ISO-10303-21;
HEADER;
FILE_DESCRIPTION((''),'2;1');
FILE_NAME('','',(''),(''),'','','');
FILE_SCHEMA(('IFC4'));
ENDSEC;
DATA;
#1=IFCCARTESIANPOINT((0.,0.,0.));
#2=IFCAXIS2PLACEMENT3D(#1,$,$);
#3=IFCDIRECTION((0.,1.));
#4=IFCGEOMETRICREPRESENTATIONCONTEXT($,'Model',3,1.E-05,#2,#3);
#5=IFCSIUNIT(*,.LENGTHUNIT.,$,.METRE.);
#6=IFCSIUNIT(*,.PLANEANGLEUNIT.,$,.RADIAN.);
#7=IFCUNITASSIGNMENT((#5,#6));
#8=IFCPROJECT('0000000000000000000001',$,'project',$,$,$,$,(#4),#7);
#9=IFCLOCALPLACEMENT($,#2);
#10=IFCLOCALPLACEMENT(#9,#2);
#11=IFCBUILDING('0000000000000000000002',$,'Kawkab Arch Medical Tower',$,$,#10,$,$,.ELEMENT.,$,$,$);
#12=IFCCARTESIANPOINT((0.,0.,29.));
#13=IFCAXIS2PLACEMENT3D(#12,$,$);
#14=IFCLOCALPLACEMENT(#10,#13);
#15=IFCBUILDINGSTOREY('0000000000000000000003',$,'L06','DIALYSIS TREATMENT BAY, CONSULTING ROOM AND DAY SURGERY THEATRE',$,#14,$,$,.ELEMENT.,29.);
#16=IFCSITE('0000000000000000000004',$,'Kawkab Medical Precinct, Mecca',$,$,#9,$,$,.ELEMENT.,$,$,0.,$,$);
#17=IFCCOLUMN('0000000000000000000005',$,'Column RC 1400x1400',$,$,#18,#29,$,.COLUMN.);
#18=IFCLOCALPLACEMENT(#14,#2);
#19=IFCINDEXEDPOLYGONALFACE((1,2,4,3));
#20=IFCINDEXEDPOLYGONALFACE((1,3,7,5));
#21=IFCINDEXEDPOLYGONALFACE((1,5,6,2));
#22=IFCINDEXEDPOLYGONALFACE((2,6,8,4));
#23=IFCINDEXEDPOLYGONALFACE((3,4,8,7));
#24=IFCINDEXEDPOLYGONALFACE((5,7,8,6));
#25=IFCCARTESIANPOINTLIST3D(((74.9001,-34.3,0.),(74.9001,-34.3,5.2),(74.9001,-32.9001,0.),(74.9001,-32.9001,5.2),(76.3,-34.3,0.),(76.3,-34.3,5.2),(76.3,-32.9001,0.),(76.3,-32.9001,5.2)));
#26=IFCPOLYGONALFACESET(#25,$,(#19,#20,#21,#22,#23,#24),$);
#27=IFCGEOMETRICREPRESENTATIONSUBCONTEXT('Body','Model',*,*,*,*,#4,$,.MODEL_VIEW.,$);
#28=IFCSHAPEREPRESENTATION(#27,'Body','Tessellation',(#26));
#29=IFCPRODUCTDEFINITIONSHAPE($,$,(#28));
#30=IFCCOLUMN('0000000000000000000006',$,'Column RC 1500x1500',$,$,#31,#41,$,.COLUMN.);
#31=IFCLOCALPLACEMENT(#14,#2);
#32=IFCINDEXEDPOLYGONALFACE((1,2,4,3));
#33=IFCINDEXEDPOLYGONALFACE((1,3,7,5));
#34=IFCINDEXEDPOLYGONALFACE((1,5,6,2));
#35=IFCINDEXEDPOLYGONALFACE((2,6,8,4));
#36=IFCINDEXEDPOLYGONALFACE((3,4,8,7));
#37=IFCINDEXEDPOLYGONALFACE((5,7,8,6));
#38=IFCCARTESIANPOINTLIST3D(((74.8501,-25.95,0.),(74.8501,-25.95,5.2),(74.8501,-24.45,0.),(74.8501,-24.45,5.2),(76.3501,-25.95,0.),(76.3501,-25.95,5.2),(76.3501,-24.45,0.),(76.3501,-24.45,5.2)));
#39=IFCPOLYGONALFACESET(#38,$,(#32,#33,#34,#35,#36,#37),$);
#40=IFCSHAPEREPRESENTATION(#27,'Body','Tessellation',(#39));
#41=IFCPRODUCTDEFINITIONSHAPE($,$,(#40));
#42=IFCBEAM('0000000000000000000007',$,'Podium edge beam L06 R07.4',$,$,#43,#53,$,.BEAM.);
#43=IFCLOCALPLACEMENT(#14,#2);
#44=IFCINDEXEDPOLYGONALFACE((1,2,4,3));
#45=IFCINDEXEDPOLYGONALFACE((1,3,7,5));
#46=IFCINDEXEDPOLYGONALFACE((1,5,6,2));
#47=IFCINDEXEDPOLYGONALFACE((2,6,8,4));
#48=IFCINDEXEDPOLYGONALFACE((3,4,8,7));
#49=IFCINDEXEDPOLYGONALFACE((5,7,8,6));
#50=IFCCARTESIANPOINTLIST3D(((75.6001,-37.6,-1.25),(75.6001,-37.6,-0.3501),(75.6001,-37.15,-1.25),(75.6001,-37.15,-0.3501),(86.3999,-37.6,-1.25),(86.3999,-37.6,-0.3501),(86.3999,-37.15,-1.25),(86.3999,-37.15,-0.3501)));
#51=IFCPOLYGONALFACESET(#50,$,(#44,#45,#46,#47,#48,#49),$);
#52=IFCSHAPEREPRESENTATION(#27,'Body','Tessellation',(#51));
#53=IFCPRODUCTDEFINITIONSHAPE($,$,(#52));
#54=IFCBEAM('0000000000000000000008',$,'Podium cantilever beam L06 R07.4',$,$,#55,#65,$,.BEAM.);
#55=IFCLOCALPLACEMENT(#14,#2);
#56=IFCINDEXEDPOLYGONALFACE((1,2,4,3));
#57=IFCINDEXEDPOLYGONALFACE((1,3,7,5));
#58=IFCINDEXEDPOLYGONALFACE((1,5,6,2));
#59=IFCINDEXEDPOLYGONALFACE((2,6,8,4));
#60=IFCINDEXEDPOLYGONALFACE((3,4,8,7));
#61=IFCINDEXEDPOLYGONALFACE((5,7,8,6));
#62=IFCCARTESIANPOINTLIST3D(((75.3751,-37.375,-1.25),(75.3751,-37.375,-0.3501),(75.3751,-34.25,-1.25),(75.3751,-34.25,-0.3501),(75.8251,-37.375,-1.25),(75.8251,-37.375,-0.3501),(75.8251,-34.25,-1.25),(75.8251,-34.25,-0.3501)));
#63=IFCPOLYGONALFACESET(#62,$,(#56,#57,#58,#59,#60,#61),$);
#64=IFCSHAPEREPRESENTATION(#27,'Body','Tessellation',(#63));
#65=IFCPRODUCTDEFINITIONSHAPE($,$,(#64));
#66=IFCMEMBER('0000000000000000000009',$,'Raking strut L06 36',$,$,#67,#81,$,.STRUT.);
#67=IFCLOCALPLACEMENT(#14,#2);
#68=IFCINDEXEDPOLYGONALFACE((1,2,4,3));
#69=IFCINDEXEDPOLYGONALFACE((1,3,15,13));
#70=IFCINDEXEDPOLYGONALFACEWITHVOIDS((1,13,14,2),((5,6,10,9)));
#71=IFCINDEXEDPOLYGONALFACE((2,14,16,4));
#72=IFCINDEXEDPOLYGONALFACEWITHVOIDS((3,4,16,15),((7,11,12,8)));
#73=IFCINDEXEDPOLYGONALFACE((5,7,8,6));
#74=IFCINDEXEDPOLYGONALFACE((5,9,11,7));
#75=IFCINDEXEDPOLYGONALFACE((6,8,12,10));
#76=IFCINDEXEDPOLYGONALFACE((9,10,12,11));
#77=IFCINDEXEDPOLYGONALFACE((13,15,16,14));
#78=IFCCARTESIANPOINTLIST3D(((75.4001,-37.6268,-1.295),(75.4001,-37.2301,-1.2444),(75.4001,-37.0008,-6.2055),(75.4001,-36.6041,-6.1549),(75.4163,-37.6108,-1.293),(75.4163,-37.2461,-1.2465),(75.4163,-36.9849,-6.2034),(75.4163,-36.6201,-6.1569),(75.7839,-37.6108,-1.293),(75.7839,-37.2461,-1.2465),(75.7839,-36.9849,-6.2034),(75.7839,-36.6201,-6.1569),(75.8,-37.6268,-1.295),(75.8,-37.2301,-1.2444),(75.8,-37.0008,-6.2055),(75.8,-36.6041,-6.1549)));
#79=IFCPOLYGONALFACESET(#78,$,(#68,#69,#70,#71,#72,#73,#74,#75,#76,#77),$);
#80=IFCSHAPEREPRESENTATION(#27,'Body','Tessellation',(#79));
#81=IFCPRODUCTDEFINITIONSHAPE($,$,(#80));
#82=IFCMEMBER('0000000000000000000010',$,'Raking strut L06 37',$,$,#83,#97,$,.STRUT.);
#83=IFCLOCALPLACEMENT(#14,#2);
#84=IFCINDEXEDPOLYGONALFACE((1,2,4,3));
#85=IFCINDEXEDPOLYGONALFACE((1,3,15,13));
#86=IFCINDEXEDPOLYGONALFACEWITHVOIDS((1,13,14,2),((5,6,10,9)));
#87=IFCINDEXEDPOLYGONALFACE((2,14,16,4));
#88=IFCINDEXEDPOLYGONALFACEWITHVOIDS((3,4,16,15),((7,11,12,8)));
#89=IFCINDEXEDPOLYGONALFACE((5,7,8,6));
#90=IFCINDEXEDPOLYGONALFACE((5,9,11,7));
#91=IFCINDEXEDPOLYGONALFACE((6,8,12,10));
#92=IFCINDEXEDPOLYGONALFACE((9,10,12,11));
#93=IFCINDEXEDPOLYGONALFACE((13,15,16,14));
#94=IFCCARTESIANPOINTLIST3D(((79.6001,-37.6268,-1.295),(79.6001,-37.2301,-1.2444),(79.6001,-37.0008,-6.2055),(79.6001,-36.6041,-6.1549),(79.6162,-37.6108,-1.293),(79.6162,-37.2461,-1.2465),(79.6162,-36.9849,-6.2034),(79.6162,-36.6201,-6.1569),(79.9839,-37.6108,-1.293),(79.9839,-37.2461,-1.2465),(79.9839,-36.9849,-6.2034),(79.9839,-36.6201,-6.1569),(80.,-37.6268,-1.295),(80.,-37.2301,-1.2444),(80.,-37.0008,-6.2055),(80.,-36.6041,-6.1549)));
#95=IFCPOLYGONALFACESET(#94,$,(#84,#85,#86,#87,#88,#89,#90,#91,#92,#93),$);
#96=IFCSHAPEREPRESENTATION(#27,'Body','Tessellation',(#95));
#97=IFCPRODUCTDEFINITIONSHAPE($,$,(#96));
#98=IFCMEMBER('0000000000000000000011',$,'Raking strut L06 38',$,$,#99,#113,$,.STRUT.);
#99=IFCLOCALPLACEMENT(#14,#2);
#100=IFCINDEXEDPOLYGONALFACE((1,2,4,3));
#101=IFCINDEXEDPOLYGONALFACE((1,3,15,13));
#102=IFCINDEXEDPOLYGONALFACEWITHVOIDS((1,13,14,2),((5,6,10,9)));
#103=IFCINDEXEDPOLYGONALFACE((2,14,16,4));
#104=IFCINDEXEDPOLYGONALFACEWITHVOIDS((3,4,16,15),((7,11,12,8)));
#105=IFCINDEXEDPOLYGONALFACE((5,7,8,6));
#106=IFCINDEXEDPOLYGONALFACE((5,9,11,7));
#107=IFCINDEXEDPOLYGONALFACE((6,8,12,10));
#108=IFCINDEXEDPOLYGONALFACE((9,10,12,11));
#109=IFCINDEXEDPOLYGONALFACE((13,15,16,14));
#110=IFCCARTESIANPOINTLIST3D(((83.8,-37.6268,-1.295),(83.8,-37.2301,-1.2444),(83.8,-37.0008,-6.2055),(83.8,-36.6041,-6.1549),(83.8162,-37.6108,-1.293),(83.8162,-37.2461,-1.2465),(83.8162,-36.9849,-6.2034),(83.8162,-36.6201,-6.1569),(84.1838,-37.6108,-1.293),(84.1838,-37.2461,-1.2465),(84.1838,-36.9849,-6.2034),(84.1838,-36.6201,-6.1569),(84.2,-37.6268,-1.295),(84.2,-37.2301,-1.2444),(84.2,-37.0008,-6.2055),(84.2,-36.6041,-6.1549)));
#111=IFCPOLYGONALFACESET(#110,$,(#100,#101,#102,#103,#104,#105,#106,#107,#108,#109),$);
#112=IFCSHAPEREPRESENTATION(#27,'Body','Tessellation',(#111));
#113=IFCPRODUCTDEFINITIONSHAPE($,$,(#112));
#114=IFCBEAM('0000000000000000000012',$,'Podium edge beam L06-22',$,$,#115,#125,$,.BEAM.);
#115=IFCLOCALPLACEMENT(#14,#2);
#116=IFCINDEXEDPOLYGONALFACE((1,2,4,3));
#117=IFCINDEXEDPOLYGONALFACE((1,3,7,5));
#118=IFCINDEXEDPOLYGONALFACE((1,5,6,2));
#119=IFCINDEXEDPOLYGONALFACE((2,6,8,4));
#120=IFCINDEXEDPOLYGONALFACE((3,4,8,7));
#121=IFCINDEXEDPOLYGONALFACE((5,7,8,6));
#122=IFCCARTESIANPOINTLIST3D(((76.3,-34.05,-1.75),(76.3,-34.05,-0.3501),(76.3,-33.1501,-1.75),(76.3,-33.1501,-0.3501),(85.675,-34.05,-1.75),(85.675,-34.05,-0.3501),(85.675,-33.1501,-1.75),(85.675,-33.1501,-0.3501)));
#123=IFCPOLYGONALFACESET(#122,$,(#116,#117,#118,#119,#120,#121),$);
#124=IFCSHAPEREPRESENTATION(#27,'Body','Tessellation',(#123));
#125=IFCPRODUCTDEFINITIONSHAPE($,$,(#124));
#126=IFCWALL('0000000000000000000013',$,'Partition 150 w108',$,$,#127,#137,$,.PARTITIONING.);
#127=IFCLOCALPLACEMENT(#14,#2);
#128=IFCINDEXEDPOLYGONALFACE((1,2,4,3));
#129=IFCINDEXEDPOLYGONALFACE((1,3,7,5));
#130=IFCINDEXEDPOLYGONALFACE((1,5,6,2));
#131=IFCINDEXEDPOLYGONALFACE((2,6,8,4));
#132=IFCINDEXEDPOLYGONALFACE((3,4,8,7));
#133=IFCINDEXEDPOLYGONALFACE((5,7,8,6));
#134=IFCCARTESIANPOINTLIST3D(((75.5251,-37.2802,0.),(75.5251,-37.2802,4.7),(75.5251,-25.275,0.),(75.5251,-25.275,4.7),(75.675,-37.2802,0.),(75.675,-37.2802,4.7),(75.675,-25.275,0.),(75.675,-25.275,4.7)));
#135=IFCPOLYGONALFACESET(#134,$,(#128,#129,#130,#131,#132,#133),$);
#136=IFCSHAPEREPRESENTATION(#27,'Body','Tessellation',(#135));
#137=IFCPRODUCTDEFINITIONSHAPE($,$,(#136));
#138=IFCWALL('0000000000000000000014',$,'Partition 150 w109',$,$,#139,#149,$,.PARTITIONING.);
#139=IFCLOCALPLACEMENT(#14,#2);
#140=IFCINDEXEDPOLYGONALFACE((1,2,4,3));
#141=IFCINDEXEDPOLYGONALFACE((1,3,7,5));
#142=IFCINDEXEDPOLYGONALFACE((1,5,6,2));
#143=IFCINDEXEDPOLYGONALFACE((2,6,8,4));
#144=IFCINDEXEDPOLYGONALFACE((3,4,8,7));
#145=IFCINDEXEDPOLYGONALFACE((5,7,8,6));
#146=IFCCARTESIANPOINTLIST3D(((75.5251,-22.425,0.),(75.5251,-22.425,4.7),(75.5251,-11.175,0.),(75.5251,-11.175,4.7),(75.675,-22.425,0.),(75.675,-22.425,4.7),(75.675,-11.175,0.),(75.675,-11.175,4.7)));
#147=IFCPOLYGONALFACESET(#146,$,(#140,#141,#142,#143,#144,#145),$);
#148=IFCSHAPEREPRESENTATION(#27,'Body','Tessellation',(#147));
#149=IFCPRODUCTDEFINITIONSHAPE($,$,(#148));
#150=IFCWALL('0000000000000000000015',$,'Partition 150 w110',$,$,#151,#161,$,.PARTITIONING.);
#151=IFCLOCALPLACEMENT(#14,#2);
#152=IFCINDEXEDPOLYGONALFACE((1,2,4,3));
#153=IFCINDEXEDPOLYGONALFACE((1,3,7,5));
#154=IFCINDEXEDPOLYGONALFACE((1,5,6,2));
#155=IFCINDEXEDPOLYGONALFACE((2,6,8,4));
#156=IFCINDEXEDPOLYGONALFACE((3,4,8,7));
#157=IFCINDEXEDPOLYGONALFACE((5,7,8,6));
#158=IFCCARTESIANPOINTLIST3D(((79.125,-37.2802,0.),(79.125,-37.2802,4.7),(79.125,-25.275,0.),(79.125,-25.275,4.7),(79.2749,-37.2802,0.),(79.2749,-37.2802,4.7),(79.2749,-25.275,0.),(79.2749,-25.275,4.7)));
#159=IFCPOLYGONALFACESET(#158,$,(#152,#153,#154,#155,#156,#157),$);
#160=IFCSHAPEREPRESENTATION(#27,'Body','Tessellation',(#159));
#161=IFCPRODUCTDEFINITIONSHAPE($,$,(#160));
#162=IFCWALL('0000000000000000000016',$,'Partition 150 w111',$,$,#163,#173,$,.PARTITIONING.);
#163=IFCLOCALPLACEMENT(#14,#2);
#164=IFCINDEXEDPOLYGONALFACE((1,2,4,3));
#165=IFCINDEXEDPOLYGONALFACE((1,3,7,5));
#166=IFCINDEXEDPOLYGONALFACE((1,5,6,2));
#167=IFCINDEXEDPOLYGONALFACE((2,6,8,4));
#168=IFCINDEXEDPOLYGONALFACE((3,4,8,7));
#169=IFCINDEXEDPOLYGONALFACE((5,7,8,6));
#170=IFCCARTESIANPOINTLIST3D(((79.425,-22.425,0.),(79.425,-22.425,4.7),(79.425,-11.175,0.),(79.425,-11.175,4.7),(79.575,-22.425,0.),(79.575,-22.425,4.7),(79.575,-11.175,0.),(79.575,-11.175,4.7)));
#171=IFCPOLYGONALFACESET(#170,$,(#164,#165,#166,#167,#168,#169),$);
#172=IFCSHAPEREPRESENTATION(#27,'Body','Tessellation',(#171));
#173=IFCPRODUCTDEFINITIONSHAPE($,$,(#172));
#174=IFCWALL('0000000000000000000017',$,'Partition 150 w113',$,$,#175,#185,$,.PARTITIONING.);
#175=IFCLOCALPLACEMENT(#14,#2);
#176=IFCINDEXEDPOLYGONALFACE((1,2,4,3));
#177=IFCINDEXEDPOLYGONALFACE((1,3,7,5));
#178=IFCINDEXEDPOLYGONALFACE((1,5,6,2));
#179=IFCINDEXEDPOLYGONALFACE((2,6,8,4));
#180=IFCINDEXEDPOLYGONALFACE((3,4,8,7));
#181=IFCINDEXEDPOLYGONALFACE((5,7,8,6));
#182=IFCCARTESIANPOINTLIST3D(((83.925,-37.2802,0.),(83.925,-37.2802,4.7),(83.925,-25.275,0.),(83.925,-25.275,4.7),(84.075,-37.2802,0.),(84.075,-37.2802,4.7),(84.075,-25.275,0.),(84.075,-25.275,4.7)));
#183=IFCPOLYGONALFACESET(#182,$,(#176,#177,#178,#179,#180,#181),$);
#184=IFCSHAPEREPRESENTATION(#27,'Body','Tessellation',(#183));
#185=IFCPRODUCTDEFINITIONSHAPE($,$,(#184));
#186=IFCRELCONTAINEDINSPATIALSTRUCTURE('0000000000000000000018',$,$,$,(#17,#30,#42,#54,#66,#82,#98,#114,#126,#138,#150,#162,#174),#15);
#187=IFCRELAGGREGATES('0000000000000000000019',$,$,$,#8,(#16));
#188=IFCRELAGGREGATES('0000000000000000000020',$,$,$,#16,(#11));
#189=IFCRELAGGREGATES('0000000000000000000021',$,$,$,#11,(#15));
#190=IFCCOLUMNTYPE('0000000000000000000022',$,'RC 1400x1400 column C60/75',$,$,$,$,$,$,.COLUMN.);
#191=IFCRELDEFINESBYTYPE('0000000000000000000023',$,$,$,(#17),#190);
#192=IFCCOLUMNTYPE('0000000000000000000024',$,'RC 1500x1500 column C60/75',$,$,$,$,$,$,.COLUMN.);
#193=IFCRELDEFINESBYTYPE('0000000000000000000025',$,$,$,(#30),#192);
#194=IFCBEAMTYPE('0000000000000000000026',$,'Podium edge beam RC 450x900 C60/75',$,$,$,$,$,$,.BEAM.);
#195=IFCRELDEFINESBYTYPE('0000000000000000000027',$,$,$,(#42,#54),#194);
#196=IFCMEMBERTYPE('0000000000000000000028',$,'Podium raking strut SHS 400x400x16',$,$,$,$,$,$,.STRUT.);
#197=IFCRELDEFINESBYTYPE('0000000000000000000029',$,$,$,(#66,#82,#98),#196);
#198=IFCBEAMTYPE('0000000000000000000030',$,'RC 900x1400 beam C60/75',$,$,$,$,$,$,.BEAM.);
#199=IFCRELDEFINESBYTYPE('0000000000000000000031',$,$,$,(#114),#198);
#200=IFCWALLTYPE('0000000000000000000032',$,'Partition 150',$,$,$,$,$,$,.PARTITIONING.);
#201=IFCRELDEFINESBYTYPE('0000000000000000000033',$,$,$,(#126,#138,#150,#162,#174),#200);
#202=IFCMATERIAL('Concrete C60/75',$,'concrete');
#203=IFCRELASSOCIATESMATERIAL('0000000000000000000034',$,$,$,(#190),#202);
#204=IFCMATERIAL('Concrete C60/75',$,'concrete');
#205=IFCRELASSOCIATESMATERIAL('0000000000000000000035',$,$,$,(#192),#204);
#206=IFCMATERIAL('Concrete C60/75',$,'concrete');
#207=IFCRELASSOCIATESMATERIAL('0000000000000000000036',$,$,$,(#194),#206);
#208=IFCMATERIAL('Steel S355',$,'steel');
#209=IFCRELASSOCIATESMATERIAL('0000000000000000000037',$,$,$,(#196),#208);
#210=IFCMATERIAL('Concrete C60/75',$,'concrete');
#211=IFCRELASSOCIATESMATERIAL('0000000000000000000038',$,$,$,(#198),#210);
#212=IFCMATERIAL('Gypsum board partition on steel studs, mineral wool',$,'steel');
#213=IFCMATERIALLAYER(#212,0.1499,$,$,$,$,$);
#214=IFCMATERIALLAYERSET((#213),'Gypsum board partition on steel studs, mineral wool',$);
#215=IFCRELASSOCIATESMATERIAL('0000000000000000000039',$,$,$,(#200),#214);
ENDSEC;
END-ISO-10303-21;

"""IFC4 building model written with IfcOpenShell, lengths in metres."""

from ifc_helpers import new_model, si_unit, direction, frame, frame_2d, origin, origin_2d, place, context, subcontext, project, spatial, rectangle, hollow_rectangle, extrude, material, layer, layer_set, material_profile, profile_set, type_object, element, save


model = new_model("IFC4")

# Units and contexts
model_context = context("Model", 3, precision=1e-05, world=origin(), true_north=direction((0.0, 1.0)))
body_context = subcontext(model_context, "Body", "Model", "MODEL_VIEW")
ifc_project = project(units=[si_unit("LENGTHUNIT", "METRE"), si_unit("PLANEANGLEUNIT", "RADIAN")], contexts=[model_context])

# Site, building, storey
site_placement = place(None, origin())
site = spatial("IfcSite", under=ifc_project, at=site_placement, Name="Kawkab Medical Precinct, Mecca", CompositionType="ELEMENT", RefElevation=0.0)
building_placement = place(site_placement, origin())
building = spatial("IfcBuilding", under=site, at=building_placement, Name="Kawkab Arch Medical Tower", CompositionType="ELEMENT")
storey_placement = place(building_placement, frame((0.0, 0.0, 29.0)))
storey = spatial("IfcBuildingStorey", under=building, at=storey_placement, Name="L06", Description="DIALYSIS TREATMENT BAY, CONSULTING ROOM AND DAY SURGERY THEATRE", CompositionType="ELEMENT", Elevation=29.0)

# Columns
ifc_material_1 = material(Name="Concrete C60/75", Category="concrete")
ifc_material_profile_1 = material_profile(ifc_material_1, rectangle(XDim=1.3999, YDim=1.3999, at=origin_2d()), Name="RC 1400x1400")
ifc_profile_set_1 = profile_set([ifc_material_profile_1], Name="Concrete C60/75")
column_type_1 = type_object("IfcColumnType", Name="RC 1400x1400 column C60/75", PredefinedType="COLUMN", material=ifc_profile_set_1)
column_1_placement = place(storey_placement, frame((75.6001, -33.6001, 0.0), z_axis=(0.0, 0.0, 1.0), x_axis=(1.0, 0.0, 0.0)))
element("IfcColumn", 1, at=column_1_placement, inside=storey, type_object=column_type_1, Name="Column RC 1400x1400", PredefinedType="COLUMN", context=body_context, shape_type="SweptSolid", body=[
    extrude(rectangle(XDim=1.3999, YDim=1.3999, at=origin_2d()), origin(), (0.0, 0.0, 1.0), 5.2),
])
ifc_material_2 = material(Name="Concrete C60/75", Category="concrete")
ifc_material_profile_2 = material_profile(ifc_material_2, rectangle(XDim=1.5, YDim=1.5, at=origin_2d()), Name="RC 1500x1500")
ifc_profile_set_2 = profile_set([ifc_material_profile_2], Name="Concrete C60/75")
column_type_2 = type_object("IfcColumnType", Name="RC 1500x1500 column C60/75", PredefinedType="COLUMN", material=ifc_profile_set_2)
column_2_placement = place(storey_placement, frame((75.6001, -25.2, 0.0), z_axis=(0.0, 0.0, 1.0), x_axis=(1.0, 0.0, 0.0)))
element("IfcColumn", 2, at=column_2_placement, inside=storey, type_object=column_type_2, Name="Column RC 1500x1500", PredefinedType="COLUMN", context=body_context, shape_type="SweptSolid", body=[
    extrude(rectangle(XDim=1.5, YDim=1.5, at=origin_2d()), origin(), (0.0, 0.0, 1.0), 5.2),
])

# Beams
ifc_material_3 = material(Name="Concrete C60/75", Category="concrete")
ifc_material_profile_3 = material_profile(ifc_material_3, rectangle(XDim=0.45, YDim=0.8999, at=origin_2d()), Name="RC 450x900")
ifc_profile_set_3 = profile_set([ifc_material_profile_3], Name="Concrete C60/75")
beam_type_1 = type_object("IfcBeamType", Name="Podium edge beam RC 450x900 C60/75", PredefinedType="BEAM", material=ifc_profile_set_3)
beam_1_placement = place(storey_placement, frame((75.6001, -37.375, -0.8), z_axis=(1.0, 0.0, 0.0), x_axis=(0.0, 1.0, 0.0)))
element("IfcBeam", 3, at=beam_1_placement, inside=storey, type_object=beam_type_1, Name="Podium edge beam L06 R07.4", PredefinedType="BEAM", context=body_context, shape_type="SweptSolid", body=[
    extrude(rectangle(XDim=0.45, YDim=0.8999, at=origin_2d()), origin(), (0.0, 0.0, 1.0), 10.7998),
])
beam_2_placement = place(storey_placement, frame((75.6001, -34.25, -0.8), z_axis=(0.0, -1.0, 0.0), x_axis=(1.0, 0.0, 0.0)))
element("IfcBeam", 4, at=beam_2_placement, inside=storey, type_object=beam_type_1, Name="Podium cantilever beam L06 R07.4", PredefinedType="BEAM", context=body_context, shape_type="SweptSolid", body=[
    extrude(rectangle(XDim=0.45, YDim=0.8999, at=origin_2d()), origin(), (0.0, 0.0, 1.0), 3.125),
])

# Members
ifc_material_4 = material(Name="Steel S355", Category="steel")
ifc_material_profile_4 = material_profile(ifc_material_4, hollow_rectangle(XDim=0.3999, YDim=0.3999, WallThickness=0.0161, at=origin_2d()), Name="SHS 400x400x16")
ifc_profile_set_4 = profile_set([ifc_material_profile_4], Name="Steel S355")
member_type = type_object("IfcMemberType", Name="Podium raking strut SHS 400x400x16", PredefinedType="STRUT", material=ifc_profile_set_4)
for number, where, z_axis, x_axis, name in (
    (5, (75.6001, -36.8025, -6.1802), (0.0, -0.126456, 0.991972), (1.0, 0.0, 0.0), "Raking strut L06 36"),
    (6, (79.8, -36.8025, -6.1802), (0.0, -0.126456, 0.991972), (1.0, 0.0, 0.0), "Raking strut L06 37"),
    (7, (84.0, -36.8025, -6.1802), (0.0, -0.126456, 0.991972), (1.0, 0.0, 0.0), "Raking strut L06 38"),
):
    element("IfcMember", number, at=place(storey_placement, frame(where, z_axis=z_axis, x_axis=x_axis)), inside=storey, type_object=member_type, Name=name, PredefinedType="STRUT", context=body_context, shape_type="SweptSolid", body=[
        extrude(hollow_rectangle(XDim=0.3999, YDim=0.3999, WallThickness=0.0161, at=origin_2d()), origin(), (0.0, 0.0, 1.0), 4.9502),
    ])

# Beam
ifc_material_5 = material(Name="Concrete C60/75", Category="concrete")
ifc_material_profile_5 = material_profile(ifc_material_5, rectangle(XDim=0.8999, YDim=1.3999, at=origin_2d()), Name="RC 900x1400")
ifc_profile_set_5 = profile_set([ifc_material_profile_5], Name="Concrete C60/75")
beam_type_2 = type_object("IfcBeamType", Name="RC 900x1400 beam C60/75", PredefinedType="BEAM", material=ifc_profile_set_5)
beam_3_placement = place(storey_placement, frame((76.3, -33.6001, -1.05), z_axis=(1.0, 0.0, 0.0), x_axis=(0.0, 1.0, 0.0)))
element("IfcBeam", 8, at=beam_3_placement, inside=storey, type_object=beam_type_2, Name="Podium edge beam L06-22", PredefinedType="BEAM", context=body_context, shape_type="SweptSolid", body=[
    extrude(rectangle(XDim=0.8999, YDim=1.3999, at=origin_2d()), origin(), (0.0, 0.0, 1.0), 9.375),
])

# Walls
ifc_material_6 = material(Name="Gypsum board partition on steel studs, mineral wool", Category="steel")
ifc_layer = layer(ifc_material_6, 0.1499)
ifc_layer_set = layer_set([ifc_layer], Name="Gypsum board partition on steel studs, mineral wool")
wall_type = type_object("IfcWallType", Name="Partition 150", PredefinedType="PARTITIONING", material=ifc_layer_set)
wall_1_placement = place(storey_placement, frame((75.6001, -37.28, 0.0), z_axis=(0.0, 0.0, 1.0), x_axis=(0.0, 1.0, 0.0)))
element("IfcWall", 9, at=wall_1_placement, inside=storey, type_object=wall_type, Name="Partition 150 w108", PredefinedType="PARTITIONING", context=body_context, shape_type="SweptSolid", body=[
    extrude(rectangle(XDim=12.0051, YDim=0.1499, at=frame_2d((6.0024, 0.0))), origin(), (0.0, 0.0, 1.0), 4.7),
])
wall_2_placement = place(storey_placement, frame((75.6001, -22.425, 0.0), z_axis=(0.0, 0.0, 1.0), x_axis=(0.0, 1.0, 0.0)))
element("IfcWall", 10, at=wall_2_placement, inside=storey, type_object=wall_type, Name="Partition 150 w109", PredefinedType="PARTITIONING", context=body_context, shape_type="SweptSolid", body=[
    extrude(rectangle(XDim=11.25, YDim=0.1499, at=frame_2d((5.625, 0.0))), origin(), (0.0, 0.0, 1.0), 4.7),
])
wall_3_placement = place(storey_placement, frame((79.2, -37.28, 0.0), z_axis=(0.0, 0.0, 1.0), x_axis=(0.0, 1.0, 0.0)))
element("IfcWall", 11, at=wall_3_placement, inside=storey, type_object=wall_type, Name="Partition 150 w110", PredefinedType="PARTITIONING", context=body_context, shape_type="SweptSolid", body=[
    extrude(rectangle(XDim=12.0051, YDim=0.1499, at=frame_2d((6.0024, 0.0))), origin(), (0.0, 0.0, 1.0), 4.7),
])
wall_4_placement = place(storey_placement, frame((79.5, -22.425, 0.0), z_axis=(0.0, 0.0, 1.0), x_axis=(0.0, 1.0, 0.0)))
element("IfcWall", 12, at=wall_4_placement, inside=storey, type_object=wall_type, Name="Partition 150 w111", PredefinedType="PARTITIONING", context=body_context, shape_type="SweptSolid", body=[
    extrude(rectangle(XDim=11.25, YDim=0.1499, at=frame_2d((5.625, 0.0))), origin(), (0.0, 0.0, 1.0), 4.7),
])
wall_5_placement = place(storey_placement, frame((84.0, -37.28, 0.0), z_axis=(0.0, 0.0, 1.0), x_axis=(0.0, 1.0, 0.0)))
element("IfcWall", 13, at=wall_5_placement, inside=storey, type_object=wall_type, Name="Partition 150 w113", PredefinedType="PARTITIONING", context=body_context, shape_type="SweptSolid", body=[
    extrude(rectangle(XDim=12.0051, YDim=0.1499, at=frame_2d((6.0024, 0.0))), origin(), (0.0, 0.0, 1.0), 4.7),
])

save(model, "model.ifc")
